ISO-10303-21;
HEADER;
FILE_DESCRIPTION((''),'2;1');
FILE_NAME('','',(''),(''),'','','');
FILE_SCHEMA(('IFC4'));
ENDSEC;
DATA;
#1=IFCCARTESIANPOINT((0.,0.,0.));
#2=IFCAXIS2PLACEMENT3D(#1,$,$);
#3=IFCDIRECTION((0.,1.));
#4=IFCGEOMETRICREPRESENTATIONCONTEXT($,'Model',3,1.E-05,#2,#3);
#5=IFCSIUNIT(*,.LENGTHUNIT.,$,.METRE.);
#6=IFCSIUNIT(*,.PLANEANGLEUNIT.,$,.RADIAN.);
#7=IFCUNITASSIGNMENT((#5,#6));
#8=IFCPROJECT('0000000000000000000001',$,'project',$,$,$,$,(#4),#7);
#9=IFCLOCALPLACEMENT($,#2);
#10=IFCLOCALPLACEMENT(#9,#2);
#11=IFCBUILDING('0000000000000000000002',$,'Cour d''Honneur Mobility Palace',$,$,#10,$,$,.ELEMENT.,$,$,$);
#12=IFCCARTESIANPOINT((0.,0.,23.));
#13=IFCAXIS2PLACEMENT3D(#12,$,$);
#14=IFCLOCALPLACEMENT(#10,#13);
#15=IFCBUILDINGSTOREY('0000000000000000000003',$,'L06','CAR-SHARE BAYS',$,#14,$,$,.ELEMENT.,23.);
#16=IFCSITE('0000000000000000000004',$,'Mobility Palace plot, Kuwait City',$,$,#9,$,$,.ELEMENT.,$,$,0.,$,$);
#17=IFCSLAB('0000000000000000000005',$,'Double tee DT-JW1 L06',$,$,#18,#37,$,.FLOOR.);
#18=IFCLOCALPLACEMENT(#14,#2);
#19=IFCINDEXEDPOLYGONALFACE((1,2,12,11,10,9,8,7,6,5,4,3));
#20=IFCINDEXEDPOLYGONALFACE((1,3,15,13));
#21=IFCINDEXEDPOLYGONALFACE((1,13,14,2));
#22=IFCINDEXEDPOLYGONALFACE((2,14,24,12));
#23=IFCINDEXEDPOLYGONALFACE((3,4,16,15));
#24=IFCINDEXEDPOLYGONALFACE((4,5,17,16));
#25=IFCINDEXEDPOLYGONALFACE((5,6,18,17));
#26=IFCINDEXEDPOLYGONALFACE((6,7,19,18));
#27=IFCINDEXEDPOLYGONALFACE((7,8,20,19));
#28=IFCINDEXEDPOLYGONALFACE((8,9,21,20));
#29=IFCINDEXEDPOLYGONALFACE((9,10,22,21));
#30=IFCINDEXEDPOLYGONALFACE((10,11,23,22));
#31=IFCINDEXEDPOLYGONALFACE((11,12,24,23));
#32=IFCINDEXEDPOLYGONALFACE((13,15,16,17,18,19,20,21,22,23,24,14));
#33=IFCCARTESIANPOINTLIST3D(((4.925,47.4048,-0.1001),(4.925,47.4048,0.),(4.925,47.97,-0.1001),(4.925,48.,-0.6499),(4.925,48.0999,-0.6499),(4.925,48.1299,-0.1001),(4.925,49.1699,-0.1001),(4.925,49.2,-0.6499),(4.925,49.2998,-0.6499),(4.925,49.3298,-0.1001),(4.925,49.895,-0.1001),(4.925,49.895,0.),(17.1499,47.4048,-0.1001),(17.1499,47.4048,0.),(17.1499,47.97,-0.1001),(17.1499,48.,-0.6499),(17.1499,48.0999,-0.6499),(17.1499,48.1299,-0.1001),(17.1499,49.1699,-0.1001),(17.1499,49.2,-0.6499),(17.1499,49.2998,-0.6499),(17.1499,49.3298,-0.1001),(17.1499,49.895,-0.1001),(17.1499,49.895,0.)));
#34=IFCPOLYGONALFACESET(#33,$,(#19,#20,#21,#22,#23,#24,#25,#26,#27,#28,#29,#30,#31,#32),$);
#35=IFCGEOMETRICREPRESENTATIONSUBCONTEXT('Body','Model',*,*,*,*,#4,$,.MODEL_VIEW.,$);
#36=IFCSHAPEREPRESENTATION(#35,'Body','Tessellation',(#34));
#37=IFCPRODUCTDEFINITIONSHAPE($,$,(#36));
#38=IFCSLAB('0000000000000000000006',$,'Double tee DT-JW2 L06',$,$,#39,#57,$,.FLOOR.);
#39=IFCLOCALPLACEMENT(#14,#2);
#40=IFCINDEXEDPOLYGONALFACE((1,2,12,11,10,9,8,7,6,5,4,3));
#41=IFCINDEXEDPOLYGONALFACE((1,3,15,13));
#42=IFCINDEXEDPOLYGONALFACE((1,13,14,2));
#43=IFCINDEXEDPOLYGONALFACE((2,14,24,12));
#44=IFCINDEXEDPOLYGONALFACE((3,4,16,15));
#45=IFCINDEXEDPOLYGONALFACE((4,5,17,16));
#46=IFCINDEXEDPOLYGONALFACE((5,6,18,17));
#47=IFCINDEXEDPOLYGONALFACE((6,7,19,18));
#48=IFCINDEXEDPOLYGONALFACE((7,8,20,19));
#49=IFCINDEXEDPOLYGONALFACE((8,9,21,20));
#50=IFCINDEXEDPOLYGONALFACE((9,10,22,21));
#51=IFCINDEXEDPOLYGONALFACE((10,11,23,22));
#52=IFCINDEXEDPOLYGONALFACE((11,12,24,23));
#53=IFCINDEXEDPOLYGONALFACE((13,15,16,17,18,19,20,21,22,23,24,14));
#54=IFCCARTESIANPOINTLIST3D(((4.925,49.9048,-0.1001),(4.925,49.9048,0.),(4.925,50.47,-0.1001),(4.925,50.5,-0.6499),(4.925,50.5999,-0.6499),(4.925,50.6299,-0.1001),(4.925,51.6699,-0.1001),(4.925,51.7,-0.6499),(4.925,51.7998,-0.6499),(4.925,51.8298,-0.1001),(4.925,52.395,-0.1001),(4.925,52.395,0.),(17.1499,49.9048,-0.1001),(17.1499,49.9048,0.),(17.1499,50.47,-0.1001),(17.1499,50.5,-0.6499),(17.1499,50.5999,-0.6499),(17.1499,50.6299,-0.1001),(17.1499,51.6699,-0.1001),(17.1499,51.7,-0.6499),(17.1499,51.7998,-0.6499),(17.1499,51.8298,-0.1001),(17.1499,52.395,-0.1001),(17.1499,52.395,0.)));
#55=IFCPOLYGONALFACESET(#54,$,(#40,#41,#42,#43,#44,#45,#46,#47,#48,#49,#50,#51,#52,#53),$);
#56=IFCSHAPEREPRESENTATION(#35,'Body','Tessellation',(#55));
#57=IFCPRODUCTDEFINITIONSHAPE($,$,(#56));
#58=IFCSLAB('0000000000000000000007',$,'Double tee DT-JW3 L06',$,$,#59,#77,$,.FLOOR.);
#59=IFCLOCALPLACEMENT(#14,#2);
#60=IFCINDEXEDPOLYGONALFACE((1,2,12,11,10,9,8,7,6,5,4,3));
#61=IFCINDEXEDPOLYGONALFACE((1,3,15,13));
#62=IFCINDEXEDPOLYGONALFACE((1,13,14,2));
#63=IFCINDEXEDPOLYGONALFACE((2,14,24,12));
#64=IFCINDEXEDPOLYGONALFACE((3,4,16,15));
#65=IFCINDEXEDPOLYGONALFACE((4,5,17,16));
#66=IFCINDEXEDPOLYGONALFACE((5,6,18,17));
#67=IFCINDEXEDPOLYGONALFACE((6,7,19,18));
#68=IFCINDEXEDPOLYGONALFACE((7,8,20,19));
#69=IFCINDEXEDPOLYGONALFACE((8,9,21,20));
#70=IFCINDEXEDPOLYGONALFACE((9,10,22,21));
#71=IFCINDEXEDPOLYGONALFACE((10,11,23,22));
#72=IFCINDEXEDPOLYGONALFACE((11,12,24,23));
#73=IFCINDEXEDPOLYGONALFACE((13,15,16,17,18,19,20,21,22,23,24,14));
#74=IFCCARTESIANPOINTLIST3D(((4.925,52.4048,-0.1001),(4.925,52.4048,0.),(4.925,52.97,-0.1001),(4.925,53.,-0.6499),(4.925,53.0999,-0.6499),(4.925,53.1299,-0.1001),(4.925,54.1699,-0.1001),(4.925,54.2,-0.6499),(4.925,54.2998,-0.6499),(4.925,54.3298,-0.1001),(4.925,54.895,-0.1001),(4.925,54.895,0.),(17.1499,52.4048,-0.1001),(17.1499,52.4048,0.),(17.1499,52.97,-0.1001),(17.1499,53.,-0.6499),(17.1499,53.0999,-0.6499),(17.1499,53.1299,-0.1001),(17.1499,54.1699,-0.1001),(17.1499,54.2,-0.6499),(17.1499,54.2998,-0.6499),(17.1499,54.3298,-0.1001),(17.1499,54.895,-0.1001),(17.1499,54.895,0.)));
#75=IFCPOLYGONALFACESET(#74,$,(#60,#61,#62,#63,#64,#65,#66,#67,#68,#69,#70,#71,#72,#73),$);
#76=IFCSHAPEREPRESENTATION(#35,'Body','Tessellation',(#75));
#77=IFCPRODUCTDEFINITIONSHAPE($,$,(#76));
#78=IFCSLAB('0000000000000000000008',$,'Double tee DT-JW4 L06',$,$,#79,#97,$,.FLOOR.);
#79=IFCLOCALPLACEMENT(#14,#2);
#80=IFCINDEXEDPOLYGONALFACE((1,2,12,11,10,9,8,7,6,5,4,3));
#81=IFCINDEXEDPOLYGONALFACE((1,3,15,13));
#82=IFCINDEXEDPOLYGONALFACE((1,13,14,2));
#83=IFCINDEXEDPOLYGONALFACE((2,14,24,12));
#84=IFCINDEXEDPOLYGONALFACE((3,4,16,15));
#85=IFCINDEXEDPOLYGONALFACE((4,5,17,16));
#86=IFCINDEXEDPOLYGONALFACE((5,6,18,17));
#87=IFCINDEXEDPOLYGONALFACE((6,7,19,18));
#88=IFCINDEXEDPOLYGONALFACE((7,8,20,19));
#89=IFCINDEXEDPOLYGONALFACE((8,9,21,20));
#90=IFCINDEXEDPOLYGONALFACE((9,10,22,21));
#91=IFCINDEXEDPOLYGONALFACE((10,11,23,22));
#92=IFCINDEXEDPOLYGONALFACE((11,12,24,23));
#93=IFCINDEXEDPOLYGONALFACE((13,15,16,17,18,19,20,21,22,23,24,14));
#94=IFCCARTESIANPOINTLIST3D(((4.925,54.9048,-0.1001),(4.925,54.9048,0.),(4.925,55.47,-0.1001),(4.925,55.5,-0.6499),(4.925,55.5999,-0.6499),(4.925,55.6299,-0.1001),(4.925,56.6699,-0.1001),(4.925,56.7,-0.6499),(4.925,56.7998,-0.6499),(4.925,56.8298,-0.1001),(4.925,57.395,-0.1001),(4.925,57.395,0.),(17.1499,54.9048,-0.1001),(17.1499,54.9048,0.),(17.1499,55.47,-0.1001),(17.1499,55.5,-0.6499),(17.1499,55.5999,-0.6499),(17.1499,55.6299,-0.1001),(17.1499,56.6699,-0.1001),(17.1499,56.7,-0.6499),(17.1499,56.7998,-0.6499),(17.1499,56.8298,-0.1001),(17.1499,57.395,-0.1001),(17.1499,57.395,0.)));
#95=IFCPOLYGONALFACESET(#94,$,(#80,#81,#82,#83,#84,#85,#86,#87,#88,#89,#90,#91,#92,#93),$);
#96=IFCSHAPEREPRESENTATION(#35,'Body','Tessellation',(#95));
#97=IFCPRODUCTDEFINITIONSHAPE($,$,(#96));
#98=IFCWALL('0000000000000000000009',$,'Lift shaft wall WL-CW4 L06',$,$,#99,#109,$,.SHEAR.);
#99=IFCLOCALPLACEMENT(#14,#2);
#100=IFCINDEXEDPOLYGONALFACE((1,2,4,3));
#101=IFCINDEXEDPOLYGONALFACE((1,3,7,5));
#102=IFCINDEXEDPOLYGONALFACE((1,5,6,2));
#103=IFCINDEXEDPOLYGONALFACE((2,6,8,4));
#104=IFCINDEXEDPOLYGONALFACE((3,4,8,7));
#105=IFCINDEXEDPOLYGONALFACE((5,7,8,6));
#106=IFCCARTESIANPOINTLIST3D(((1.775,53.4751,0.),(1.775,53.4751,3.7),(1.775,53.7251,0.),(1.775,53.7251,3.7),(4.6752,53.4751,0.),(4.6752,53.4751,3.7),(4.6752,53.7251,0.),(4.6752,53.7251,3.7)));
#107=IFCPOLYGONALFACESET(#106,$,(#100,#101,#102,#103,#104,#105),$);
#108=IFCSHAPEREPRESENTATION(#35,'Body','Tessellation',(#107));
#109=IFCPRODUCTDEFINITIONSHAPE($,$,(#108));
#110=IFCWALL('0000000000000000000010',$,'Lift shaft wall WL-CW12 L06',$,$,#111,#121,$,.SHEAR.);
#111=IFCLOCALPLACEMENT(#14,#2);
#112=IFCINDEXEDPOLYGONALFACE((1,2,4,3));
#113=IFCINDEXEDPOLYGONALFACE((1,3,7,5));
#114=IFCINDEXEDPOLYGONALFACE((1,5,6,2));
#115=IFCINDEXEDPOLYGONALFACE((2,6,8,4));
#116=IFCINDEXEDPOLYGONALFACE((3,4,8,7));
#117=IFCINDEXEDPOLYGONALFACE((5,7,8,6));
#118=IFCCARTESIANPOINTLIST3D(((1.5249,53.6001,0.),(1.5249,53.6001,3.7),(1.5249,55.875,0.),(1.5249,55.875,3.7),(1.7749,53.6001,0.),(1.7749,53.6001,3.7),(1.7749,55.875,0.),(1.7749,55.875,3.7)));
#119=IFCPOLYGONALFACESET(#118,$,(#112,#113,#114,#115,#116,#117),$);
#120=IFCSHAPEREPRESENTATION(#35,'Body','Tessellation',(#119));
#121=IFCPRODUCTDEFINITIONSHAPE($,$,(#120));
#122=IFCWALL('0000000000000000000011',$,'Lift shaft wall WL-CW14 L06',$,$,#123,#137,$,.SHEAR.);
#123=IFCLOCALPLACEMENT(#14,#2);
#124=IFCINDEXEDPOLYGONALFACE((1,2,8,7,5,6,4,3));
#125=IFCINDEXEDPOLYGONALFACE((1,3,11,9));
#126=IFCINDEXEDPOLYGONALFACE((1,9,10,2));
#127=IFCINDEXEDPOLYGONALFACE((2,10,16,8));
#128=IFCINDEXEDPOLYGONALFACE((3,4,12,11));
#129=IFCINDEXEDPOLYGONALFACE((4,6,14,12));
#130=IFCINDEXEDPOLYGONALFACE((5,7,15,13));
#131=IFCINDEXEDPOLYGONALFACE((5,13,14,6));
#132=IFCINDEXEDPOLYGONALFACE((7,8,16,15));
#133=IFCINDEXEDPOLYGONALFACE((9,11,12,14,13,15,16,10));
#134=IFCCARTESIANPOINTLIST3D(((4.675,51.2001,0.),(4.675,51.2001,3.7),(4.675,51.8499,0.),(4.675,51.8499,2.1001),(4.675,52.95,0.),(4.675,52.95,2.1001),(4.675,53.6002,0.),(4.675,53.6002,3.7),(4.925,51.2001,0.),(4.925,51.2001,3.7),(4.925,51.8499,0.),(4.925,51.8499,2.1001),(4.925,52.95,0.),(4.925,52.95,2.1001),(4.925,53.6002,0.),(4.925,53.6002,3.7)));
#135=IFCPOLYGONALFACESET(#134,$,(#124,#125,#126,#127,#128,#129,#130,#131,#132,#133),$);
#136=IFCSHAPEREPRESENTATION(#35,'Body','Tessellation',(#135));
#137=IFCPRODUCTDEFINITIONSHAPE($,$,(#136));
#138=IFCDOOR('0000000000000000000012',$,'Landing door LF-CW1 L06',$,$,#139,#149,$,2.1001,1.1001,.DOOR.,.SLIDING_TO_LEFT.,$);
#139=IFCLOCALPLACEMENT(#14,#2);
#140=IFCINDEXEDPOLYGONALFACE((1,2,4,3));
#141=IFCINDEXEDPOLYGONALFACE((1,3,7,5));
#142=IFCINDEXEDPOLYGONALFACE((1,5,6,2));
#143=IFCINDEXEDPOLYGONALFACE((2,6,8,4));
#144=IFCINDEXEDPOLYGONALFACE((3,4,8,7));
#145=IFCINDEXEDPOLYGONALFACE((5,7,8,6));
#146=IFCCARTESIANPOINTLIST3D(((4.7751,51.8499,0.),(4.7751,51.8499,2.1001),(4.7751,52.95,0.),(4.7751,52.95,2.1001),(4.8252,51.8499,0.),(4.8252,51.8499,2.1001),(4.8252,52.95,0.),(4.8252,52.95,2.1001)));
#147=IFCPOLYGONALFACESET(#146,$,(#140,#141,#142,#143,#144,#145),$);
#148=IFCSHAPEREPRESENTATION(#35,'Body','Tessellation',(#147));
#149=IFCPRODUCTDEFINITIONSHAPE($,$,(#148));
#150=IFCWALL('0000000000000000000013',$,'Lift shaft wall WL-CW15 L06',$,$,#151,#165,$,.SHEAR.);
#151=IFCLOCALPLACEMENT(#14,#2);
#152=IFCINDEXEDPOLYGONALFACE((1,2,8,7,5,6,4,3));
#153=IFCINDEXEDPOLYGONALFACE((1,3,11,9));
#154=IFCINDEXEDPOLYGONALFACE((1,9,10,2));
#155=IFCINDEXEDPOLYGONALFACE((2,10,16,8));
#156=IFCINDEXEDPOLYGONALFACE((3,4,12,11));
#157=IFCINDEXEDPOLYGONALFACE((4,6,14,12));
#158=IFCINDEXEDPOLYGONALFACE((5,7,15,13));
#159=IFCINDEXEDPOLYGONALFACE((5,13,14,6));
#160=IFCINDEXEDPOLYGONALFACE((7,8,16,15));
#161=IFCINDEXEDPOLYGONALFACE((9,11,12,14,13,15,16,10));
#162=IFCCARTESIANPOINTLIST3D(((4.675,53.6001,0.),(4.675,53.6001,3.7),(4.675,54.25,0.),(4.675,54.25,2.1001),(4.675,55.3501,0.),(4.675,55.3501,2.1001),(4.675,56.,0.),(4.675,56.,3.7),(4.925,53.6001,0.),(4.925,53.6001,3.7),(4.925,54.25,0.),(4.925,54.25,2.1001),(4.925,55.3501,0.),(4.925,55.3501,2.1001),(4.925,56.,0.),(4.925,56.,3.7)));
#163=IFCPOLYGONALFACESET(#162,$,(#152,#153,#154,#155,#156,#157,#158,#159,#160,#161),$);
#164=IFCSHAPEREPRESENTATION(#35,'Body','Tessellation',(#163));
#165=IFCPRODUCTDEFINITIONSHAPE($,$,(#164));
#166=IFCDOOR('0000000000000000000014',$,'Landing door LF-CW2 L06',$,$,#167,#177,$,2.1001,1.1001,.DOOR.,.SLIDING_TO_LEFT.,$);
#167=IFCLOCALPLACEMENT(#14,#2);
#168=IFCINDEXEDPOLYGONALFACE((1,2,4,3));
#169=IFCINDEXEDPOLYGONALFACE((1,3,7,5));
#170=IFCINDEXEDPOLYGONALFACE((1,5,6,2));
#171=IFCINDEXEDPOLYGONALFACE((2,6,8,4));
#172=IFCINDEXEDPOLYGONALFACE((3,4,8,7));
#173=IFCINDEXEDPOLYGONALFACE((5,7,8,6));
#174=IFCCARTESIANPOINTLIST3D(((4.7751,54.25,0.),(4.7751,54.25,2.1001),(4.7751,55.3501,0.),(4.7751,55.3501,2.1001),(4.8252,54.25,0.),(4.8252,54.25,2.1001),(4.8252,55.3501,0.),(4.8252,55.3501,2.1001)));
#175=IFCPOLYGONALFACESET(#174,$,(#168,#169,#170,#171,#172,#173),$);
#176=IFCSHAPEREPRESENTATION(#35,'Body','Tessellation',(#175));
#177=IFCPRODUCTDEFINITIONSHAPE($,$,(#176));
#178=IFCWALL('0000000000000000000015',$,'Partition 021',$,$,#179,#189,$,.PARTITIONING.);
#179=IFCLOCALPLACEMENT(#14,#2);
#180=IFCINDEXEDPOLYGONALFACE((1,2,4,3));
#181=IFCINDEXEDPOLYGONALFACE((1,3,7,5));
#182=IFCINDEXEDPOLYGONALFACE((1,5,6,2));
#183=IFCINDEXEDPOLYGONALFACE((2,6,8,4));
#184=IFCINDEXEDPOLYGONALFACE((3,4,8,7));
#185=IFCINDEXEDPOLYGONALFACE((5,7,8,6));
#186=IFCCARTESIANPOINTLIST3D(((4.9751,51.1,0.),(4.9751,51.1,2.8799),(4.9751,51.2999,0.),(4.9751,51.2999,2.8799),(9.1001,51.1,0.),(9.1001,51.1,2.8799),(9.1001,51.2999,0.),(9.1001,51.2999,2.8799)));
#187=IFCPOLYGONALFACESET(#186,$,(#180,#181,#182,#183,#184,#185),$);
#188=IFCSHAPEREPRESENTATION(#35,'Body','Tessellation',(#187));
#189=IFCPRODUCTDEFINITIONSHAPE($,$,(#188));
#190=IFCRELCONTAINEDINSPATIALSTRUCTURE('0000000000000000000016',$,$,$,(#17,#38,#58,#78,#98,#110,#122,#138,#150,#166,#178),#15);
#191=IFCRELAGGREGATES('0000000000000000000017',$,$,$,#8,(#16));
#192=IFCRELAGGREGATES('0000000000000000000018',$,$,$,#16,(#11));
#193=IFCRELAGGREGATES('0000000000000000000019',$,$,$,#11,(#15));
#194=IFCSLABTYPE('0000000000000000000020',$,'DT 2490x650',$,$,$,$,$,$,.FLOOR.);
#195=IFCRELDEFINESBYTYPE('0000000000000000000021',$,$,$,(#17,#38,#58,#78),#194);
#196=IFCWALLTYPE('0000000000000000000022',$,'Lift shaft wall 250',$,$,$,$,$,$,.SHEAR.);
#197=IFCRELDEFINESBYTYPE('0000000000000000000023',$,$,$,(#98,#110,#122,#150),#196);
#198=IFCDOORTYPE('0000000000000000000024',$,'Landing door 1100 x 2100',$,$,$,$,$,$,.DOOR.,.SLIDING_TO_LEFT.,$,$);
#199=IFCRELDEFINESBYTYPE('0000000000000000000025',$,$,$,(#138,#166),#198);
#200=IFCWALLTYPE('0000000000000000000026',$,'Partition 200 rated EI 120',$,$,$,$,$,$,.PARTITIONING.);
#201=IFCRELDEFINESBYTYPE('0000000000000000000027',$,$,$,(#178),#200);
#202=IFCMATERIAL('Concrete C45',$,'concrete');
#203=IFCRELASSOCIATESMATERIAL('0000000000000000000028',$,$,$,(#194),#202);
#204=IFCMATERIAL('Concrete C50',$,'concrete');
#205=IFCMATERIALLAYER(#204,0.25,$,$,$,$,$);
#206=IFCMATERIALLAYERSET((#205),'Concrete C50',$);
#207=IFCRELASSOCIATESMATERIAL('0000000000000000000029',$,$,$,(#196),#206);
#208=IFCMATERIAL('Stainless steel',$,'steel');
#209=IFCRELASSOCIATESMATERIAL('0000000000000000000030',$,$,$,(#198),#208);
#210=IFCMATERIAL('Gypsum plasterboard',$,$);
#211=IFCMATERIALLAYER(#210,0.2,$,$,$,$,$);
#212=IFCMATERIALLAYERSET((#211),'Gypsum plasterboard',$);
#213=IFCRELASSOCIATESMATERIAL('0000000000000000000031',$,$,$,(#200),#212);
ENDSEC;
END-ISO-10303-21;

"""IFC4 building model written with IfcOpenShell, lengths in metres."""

from ifc_helpers import new_model, si_unit, direction, frame, frame_2d, origin, place, context, subcontext, project, spatial, polyline, rectangle, outline, extrude, material, layer, layer_set, material_profile, profile_set, type_object, element, fill, save


model = new_model("IFC4")

# Units and contexts
model_context = context("Model", 3, precision=1e-05, world=origin(), true_north=direction((0.0, 1.0)))
body_context = subcontext(model_context, "Body", "Model", "MODEL_VIEW")
ifc_project = project(units=[si_unit("LENGTHUNIT", "METRE"), si_unit("PLANEANGLEUNIT", "RADIAN")], contexts=[model_context])

# Site, building, storey
site_placement = place(None, origin())
site = spatial("IfcSite", under=ifc_project, at=site_placement, Name="Mobility Palace plot, Kuwait City", CompositionType="ELEMENT", RefElevation=0.0)
building_placement = place(site_placement, origin())
building = spatial("IfcBuilding", under=site, at=building_placement, Name="Cour d'Honneur Mobility Palace", CompositionType="ELEMENT")
storey_placement = place(building_placement, frame((0.0, 0.0, 23.0)))
storey = spatial("IfcBuildingStorey", under=building, at=storey_placement, Name="L06", Description="CAR-SHARE BAYS", CompositionType="ELEMENT", Elevation=23.0)

# Slabs
ifc_material_1 = material(Name="Concrete C45", Category="concrete")
ifc_material_profile = material_profile(ifc_material_1, outline(polyline([(-1.2451, 0.0), (1.2451, 0.0), (1.2451, -0.1001), (0.6799, -0.1001), (0.6499, -0.6499), (0.55, -0.6499), (0.52, -0.1001), (-0.52, -0.1001), (-0.55, -0.6499), (-0.6499, -0.6499), (-0.6799, -0.1001), (-1.2451, -0.1001), (-1.2451, 0.0)])), Name="DT 2490x650")
ifc_profile_set = profile_set([ifc_material_profile], Name="Concrete C45")
slab_type = type_object("IfcSlabType", Name="DT 2490x650", PredefinedType="FLOOR", material=ifc_profile_set)
for number, where, z_axis, x_axis, name in (
    (1, (4.925, 48.6499, 0.0), (1.0, 0.0, 0.0), (0.0, 1.0, 0.0), "Double tee DT-JW1 L06"),
    (2, (4.925, 51.1499, 0.0), (1.0, 0.0, 0.0), (0.0, 1.0, 0.0), "Double tee DT-JW2 L06"),
    (3, (4.925, 53.6499, 0.0), (1.0, 0.0, 0.0), (0.0, 1.0, 0.0), "Double tee DT-JW3 L06"),
    (4, (4.925, 56.1499, 0.0), (1.0, 0.0, 0.0), (0.0, 1.0, 0.0), "Double tee DT-JW4 L06"),
):
    element("IfcSlab", number, at=place(storey_placement, frame(where, z_axis=z_axis, x_axis=x_axis)), inside=storey, type_object=slab_type, Name=name, PredefinedType="FLOOR", context=body_context, shape_type="SweptSolid", body=[
        extrude(outline(polyline([(-1.2451, 0.0), (1.2451, 0.0), (1.2451, -0.1001), (0.6799, -0.1001), (0.6499, -0.6499), (0.55, -0.6499), (0.52, -0.1001), (-0.52, -0.1001), (-0.55, -0.6499), (-0.6499, -0.6499), (-0.6799, -0.1001), (-1.2451, -0.1001), (-1.2451, 0.0)])), origin(), (0.0, 0.0, 1.0), 12.2249),
    ])

# Walls
ifc_material_2 = material(Name="Concrete C50", Category="concrete")
ifc_layer_1 = layer(ifc_material_2, 0.25)
ifc_layer_set_1 = layer_set([ifc_layer_1], Name="Concrete C50")
wall_type_1 = type_object("IfcWallType", Name="Lift shaft wall 250", PredefinedType="SHEAR", material=ifc_layer_set_1)
wall_1_placement = place(storey_placement, frame((1.7749, 53.6001, 0.0), z_axis=(0.0, 0.0, 1.0), x_axis=(1.0, 0.0, 0.0)))
element("IfcWall", 5, at=wall_1_placement, inside=storey, type_object=wall_type_1, Name="Lift shaft wall WL-CW4 L06", PredefinedType="SHEAR", context=body_context, shape_type="SweptSolid", body=[
    extrude(rectangle(XDim=2.9001, YDim=0.25, at=frame_2d((1.4502, 0.0))), origin(), (0.0, 0.0, 1.0), 3.7),
])
wall_2_placement = place(storey_placement, frame((1.6499, 53.6001, 0.0), z_axis=(0.0, 0.0, 1.0), x_axis=(0.0, 1.0, 0.0)))
element("IfcWall", 6, at=wall_2_placement, inside=storey, type_object=wall_type_1, Name="Lift shaft wall WL-CW12 L06", PredefinedType="SHEAR", context=body_context, shape_type="SweptSolid", body=[
    extrude(rectangle(XDim=2.2749, YDim=0.25, at=frame_2d((1.1375, 0.0))), origin(), (0.0, 0.0, 1.0), 3.7),
])

# Walls, openings, doors
wall_3_placement = place(storey_placement, frame((4.8, 51.2, 0.0), z_axis=(0.0, 0.0, 1.0), x_axis=(0.0, 1.0, 0.0)))
wall_3 = element("IfcWall", 7, at=wall_3_placement, inside=storey, type_object=wall_type_1, Name="Lift shaft wall WL-CW14 L06", PredefinedType="SHEAR", context=body_context, shape_type="SweptSolid", body=[
    extrude(rectangle(XDim=2.4001, YDim=0.25, at=frame_2d((1.2002, 0.0))), origin(), (0.0, 0.0, 1.0), 3.7),
])
opening_1_placement = place(wall_3_placement, frame((0.6499, 0.0, 0.0)))
opening_1 = element("IfcOpeningElement", 8, at=opening_1_placement, cuts=wall_3, PredefinedType="OPENING", context=body_context, shape_type="SweptSolid", body=[
    extrude(rectangle(XDim=1.1001, YDim=2.1001, at=frame_2d((0.55, 1.05))), frame((0.0, 0.135, 0.0), z_axis=(0.0, -1.0, 0.0), x_axis=(1.0, 0.0, 0.0)), (0.0, 0.0, 1.0), 0.27),
])
ifc_material_3 = material(Name="Stainless steel", Category="steel")
door_type_1 = type_object("IfcDoorType", Name="Landing door 1100 x 2100", OperationType="SLIDING_TO_LEFT", PredefinedType="DOOR", material=ifc_material_3)
door_1_placement = place(opening_1_placement, origin())
door_1 = element("IfcDoor", 9, at=door_1_placement, inside=storey, type_object=door_type_1, Name="Landing door LF-CW1 L06", OperationType="SLIDING_TO_LEFT", OverallHeight=2.1001, OverallWidth=1.1001, PredefinedType="DOOR", context=body_context, shape_type="SweptSolid", body=[
    extrude(rectangle(XDim=1.1001, YDim=2.1001, at=frame_2d((0.55, 1.05))), frame((0.0, 0.0249, 0.0), z_axis=(0.0, -1.0, 0.0), x_axis=(1.0, 0.0, 0.0)), (0.0, 0.0, 1.0), 0.05),
])
fill(opening_1, door_1)
wall_4_placement = place(storey_placement, frame((4.8, 53.6001, 0.0), z_axis=(0.0, 0.0, 1.0), x_axis=(0.0, 1.0, 0.0)))
wall_4 = element("IfcWall", 10, at=wall_4_placement, inside=storey, type_object=wall_type_1, Name="Lift shaft wall WL-CW15 L06", PredefinedType="SHEAR", context=body_context, shape_type="SweptSolid", body=[
    extrude(rectangle(XDim=2.3999, YDim=0.25, at=frame_2d((1.2, 0.0))), origin(), (0.0, 0.0, 1.0), 3.7),
])
opening_2_placement = place(wall_4_placement, frame((0.6499, 0.0, 0.0)))
opening_2 = element("IfcOpeningElement", 11, at=opening_2_placement, cuts=wall_4, PredefinedType="OPENING", context=body_context, shape_type="SweptSolid", body=[
    extrude(rectangle(XDim=1.1001, YDim=2.1001, at=frame_2d((0.55, 1.05))), frame((0.0, 0.135, 0.0), z_axis=(0.0, -1.0, 0.0), x_axis=(1.0, 0.0, 0.0)), (0.0, 0.0, 1.0), 0.27),
])
door_2_placement = place(opening_2_placement, origin())
door_2 = element("IfcDoor", 12, at=door_2_placement, inside=storey, type_object=door_type_1, Name="Landing door LF-CW2 L06", OperationType="SLIDING_TO_LEFT", OverallHeight=2.1001, OverallWidth=1.1001, PredefinedType="DOOR", context=body_context, shape_type="SweptSolid", body=[
    extrude(rectangle(XDim=1.1001, YDim=2.1001, at=frame_2d((0.55, 1.05))), frame((0.0, 0.0249, 0.0), z_axis=(0.0, -1.0, 0.0), x_axis=(1.0, 0.0, 0.0)), (0.0, 0.0, 1.0), 0.05),
])
fill(opening_2, door_2)

# Wall
ifc_material_4 = material(Name="Gypsum plasterboard")
ifc_layer_2 = layer(ifc_material_4, 0.2)
ifc_layer_set_2 = layer_set([ifc_layer_2], Name="Gypsum plasterboard")
wall_type_2 = type_object("IfcWallType", Name="Partition 200 rated EI 120", PredefinedType="PARTITIONING", material=ifc_layer_set_2)
wall_5_placement = place(storey_placement, frame((4.9751, 51.2, 0.0), z_axis=(0.0, 0.0, 1.0), x_axis=(1.0, 0.0, 0.0)))
element("IfcWall", 13, at=wall_5_placement, inside=storey, type_object=wall_type_2, Name="Partition 021", PredefinedType="PARTITIONING", context=body_context, shape_type="SweptSolid", body=[
    extrude(rectangle(XDim=4.125, YDim=0.2, at=frame_2d((2.0625, 0.0))), origin(), (0.0, 0.0, 1.0), 2.8799),
])

save(model, "model.ifc")
